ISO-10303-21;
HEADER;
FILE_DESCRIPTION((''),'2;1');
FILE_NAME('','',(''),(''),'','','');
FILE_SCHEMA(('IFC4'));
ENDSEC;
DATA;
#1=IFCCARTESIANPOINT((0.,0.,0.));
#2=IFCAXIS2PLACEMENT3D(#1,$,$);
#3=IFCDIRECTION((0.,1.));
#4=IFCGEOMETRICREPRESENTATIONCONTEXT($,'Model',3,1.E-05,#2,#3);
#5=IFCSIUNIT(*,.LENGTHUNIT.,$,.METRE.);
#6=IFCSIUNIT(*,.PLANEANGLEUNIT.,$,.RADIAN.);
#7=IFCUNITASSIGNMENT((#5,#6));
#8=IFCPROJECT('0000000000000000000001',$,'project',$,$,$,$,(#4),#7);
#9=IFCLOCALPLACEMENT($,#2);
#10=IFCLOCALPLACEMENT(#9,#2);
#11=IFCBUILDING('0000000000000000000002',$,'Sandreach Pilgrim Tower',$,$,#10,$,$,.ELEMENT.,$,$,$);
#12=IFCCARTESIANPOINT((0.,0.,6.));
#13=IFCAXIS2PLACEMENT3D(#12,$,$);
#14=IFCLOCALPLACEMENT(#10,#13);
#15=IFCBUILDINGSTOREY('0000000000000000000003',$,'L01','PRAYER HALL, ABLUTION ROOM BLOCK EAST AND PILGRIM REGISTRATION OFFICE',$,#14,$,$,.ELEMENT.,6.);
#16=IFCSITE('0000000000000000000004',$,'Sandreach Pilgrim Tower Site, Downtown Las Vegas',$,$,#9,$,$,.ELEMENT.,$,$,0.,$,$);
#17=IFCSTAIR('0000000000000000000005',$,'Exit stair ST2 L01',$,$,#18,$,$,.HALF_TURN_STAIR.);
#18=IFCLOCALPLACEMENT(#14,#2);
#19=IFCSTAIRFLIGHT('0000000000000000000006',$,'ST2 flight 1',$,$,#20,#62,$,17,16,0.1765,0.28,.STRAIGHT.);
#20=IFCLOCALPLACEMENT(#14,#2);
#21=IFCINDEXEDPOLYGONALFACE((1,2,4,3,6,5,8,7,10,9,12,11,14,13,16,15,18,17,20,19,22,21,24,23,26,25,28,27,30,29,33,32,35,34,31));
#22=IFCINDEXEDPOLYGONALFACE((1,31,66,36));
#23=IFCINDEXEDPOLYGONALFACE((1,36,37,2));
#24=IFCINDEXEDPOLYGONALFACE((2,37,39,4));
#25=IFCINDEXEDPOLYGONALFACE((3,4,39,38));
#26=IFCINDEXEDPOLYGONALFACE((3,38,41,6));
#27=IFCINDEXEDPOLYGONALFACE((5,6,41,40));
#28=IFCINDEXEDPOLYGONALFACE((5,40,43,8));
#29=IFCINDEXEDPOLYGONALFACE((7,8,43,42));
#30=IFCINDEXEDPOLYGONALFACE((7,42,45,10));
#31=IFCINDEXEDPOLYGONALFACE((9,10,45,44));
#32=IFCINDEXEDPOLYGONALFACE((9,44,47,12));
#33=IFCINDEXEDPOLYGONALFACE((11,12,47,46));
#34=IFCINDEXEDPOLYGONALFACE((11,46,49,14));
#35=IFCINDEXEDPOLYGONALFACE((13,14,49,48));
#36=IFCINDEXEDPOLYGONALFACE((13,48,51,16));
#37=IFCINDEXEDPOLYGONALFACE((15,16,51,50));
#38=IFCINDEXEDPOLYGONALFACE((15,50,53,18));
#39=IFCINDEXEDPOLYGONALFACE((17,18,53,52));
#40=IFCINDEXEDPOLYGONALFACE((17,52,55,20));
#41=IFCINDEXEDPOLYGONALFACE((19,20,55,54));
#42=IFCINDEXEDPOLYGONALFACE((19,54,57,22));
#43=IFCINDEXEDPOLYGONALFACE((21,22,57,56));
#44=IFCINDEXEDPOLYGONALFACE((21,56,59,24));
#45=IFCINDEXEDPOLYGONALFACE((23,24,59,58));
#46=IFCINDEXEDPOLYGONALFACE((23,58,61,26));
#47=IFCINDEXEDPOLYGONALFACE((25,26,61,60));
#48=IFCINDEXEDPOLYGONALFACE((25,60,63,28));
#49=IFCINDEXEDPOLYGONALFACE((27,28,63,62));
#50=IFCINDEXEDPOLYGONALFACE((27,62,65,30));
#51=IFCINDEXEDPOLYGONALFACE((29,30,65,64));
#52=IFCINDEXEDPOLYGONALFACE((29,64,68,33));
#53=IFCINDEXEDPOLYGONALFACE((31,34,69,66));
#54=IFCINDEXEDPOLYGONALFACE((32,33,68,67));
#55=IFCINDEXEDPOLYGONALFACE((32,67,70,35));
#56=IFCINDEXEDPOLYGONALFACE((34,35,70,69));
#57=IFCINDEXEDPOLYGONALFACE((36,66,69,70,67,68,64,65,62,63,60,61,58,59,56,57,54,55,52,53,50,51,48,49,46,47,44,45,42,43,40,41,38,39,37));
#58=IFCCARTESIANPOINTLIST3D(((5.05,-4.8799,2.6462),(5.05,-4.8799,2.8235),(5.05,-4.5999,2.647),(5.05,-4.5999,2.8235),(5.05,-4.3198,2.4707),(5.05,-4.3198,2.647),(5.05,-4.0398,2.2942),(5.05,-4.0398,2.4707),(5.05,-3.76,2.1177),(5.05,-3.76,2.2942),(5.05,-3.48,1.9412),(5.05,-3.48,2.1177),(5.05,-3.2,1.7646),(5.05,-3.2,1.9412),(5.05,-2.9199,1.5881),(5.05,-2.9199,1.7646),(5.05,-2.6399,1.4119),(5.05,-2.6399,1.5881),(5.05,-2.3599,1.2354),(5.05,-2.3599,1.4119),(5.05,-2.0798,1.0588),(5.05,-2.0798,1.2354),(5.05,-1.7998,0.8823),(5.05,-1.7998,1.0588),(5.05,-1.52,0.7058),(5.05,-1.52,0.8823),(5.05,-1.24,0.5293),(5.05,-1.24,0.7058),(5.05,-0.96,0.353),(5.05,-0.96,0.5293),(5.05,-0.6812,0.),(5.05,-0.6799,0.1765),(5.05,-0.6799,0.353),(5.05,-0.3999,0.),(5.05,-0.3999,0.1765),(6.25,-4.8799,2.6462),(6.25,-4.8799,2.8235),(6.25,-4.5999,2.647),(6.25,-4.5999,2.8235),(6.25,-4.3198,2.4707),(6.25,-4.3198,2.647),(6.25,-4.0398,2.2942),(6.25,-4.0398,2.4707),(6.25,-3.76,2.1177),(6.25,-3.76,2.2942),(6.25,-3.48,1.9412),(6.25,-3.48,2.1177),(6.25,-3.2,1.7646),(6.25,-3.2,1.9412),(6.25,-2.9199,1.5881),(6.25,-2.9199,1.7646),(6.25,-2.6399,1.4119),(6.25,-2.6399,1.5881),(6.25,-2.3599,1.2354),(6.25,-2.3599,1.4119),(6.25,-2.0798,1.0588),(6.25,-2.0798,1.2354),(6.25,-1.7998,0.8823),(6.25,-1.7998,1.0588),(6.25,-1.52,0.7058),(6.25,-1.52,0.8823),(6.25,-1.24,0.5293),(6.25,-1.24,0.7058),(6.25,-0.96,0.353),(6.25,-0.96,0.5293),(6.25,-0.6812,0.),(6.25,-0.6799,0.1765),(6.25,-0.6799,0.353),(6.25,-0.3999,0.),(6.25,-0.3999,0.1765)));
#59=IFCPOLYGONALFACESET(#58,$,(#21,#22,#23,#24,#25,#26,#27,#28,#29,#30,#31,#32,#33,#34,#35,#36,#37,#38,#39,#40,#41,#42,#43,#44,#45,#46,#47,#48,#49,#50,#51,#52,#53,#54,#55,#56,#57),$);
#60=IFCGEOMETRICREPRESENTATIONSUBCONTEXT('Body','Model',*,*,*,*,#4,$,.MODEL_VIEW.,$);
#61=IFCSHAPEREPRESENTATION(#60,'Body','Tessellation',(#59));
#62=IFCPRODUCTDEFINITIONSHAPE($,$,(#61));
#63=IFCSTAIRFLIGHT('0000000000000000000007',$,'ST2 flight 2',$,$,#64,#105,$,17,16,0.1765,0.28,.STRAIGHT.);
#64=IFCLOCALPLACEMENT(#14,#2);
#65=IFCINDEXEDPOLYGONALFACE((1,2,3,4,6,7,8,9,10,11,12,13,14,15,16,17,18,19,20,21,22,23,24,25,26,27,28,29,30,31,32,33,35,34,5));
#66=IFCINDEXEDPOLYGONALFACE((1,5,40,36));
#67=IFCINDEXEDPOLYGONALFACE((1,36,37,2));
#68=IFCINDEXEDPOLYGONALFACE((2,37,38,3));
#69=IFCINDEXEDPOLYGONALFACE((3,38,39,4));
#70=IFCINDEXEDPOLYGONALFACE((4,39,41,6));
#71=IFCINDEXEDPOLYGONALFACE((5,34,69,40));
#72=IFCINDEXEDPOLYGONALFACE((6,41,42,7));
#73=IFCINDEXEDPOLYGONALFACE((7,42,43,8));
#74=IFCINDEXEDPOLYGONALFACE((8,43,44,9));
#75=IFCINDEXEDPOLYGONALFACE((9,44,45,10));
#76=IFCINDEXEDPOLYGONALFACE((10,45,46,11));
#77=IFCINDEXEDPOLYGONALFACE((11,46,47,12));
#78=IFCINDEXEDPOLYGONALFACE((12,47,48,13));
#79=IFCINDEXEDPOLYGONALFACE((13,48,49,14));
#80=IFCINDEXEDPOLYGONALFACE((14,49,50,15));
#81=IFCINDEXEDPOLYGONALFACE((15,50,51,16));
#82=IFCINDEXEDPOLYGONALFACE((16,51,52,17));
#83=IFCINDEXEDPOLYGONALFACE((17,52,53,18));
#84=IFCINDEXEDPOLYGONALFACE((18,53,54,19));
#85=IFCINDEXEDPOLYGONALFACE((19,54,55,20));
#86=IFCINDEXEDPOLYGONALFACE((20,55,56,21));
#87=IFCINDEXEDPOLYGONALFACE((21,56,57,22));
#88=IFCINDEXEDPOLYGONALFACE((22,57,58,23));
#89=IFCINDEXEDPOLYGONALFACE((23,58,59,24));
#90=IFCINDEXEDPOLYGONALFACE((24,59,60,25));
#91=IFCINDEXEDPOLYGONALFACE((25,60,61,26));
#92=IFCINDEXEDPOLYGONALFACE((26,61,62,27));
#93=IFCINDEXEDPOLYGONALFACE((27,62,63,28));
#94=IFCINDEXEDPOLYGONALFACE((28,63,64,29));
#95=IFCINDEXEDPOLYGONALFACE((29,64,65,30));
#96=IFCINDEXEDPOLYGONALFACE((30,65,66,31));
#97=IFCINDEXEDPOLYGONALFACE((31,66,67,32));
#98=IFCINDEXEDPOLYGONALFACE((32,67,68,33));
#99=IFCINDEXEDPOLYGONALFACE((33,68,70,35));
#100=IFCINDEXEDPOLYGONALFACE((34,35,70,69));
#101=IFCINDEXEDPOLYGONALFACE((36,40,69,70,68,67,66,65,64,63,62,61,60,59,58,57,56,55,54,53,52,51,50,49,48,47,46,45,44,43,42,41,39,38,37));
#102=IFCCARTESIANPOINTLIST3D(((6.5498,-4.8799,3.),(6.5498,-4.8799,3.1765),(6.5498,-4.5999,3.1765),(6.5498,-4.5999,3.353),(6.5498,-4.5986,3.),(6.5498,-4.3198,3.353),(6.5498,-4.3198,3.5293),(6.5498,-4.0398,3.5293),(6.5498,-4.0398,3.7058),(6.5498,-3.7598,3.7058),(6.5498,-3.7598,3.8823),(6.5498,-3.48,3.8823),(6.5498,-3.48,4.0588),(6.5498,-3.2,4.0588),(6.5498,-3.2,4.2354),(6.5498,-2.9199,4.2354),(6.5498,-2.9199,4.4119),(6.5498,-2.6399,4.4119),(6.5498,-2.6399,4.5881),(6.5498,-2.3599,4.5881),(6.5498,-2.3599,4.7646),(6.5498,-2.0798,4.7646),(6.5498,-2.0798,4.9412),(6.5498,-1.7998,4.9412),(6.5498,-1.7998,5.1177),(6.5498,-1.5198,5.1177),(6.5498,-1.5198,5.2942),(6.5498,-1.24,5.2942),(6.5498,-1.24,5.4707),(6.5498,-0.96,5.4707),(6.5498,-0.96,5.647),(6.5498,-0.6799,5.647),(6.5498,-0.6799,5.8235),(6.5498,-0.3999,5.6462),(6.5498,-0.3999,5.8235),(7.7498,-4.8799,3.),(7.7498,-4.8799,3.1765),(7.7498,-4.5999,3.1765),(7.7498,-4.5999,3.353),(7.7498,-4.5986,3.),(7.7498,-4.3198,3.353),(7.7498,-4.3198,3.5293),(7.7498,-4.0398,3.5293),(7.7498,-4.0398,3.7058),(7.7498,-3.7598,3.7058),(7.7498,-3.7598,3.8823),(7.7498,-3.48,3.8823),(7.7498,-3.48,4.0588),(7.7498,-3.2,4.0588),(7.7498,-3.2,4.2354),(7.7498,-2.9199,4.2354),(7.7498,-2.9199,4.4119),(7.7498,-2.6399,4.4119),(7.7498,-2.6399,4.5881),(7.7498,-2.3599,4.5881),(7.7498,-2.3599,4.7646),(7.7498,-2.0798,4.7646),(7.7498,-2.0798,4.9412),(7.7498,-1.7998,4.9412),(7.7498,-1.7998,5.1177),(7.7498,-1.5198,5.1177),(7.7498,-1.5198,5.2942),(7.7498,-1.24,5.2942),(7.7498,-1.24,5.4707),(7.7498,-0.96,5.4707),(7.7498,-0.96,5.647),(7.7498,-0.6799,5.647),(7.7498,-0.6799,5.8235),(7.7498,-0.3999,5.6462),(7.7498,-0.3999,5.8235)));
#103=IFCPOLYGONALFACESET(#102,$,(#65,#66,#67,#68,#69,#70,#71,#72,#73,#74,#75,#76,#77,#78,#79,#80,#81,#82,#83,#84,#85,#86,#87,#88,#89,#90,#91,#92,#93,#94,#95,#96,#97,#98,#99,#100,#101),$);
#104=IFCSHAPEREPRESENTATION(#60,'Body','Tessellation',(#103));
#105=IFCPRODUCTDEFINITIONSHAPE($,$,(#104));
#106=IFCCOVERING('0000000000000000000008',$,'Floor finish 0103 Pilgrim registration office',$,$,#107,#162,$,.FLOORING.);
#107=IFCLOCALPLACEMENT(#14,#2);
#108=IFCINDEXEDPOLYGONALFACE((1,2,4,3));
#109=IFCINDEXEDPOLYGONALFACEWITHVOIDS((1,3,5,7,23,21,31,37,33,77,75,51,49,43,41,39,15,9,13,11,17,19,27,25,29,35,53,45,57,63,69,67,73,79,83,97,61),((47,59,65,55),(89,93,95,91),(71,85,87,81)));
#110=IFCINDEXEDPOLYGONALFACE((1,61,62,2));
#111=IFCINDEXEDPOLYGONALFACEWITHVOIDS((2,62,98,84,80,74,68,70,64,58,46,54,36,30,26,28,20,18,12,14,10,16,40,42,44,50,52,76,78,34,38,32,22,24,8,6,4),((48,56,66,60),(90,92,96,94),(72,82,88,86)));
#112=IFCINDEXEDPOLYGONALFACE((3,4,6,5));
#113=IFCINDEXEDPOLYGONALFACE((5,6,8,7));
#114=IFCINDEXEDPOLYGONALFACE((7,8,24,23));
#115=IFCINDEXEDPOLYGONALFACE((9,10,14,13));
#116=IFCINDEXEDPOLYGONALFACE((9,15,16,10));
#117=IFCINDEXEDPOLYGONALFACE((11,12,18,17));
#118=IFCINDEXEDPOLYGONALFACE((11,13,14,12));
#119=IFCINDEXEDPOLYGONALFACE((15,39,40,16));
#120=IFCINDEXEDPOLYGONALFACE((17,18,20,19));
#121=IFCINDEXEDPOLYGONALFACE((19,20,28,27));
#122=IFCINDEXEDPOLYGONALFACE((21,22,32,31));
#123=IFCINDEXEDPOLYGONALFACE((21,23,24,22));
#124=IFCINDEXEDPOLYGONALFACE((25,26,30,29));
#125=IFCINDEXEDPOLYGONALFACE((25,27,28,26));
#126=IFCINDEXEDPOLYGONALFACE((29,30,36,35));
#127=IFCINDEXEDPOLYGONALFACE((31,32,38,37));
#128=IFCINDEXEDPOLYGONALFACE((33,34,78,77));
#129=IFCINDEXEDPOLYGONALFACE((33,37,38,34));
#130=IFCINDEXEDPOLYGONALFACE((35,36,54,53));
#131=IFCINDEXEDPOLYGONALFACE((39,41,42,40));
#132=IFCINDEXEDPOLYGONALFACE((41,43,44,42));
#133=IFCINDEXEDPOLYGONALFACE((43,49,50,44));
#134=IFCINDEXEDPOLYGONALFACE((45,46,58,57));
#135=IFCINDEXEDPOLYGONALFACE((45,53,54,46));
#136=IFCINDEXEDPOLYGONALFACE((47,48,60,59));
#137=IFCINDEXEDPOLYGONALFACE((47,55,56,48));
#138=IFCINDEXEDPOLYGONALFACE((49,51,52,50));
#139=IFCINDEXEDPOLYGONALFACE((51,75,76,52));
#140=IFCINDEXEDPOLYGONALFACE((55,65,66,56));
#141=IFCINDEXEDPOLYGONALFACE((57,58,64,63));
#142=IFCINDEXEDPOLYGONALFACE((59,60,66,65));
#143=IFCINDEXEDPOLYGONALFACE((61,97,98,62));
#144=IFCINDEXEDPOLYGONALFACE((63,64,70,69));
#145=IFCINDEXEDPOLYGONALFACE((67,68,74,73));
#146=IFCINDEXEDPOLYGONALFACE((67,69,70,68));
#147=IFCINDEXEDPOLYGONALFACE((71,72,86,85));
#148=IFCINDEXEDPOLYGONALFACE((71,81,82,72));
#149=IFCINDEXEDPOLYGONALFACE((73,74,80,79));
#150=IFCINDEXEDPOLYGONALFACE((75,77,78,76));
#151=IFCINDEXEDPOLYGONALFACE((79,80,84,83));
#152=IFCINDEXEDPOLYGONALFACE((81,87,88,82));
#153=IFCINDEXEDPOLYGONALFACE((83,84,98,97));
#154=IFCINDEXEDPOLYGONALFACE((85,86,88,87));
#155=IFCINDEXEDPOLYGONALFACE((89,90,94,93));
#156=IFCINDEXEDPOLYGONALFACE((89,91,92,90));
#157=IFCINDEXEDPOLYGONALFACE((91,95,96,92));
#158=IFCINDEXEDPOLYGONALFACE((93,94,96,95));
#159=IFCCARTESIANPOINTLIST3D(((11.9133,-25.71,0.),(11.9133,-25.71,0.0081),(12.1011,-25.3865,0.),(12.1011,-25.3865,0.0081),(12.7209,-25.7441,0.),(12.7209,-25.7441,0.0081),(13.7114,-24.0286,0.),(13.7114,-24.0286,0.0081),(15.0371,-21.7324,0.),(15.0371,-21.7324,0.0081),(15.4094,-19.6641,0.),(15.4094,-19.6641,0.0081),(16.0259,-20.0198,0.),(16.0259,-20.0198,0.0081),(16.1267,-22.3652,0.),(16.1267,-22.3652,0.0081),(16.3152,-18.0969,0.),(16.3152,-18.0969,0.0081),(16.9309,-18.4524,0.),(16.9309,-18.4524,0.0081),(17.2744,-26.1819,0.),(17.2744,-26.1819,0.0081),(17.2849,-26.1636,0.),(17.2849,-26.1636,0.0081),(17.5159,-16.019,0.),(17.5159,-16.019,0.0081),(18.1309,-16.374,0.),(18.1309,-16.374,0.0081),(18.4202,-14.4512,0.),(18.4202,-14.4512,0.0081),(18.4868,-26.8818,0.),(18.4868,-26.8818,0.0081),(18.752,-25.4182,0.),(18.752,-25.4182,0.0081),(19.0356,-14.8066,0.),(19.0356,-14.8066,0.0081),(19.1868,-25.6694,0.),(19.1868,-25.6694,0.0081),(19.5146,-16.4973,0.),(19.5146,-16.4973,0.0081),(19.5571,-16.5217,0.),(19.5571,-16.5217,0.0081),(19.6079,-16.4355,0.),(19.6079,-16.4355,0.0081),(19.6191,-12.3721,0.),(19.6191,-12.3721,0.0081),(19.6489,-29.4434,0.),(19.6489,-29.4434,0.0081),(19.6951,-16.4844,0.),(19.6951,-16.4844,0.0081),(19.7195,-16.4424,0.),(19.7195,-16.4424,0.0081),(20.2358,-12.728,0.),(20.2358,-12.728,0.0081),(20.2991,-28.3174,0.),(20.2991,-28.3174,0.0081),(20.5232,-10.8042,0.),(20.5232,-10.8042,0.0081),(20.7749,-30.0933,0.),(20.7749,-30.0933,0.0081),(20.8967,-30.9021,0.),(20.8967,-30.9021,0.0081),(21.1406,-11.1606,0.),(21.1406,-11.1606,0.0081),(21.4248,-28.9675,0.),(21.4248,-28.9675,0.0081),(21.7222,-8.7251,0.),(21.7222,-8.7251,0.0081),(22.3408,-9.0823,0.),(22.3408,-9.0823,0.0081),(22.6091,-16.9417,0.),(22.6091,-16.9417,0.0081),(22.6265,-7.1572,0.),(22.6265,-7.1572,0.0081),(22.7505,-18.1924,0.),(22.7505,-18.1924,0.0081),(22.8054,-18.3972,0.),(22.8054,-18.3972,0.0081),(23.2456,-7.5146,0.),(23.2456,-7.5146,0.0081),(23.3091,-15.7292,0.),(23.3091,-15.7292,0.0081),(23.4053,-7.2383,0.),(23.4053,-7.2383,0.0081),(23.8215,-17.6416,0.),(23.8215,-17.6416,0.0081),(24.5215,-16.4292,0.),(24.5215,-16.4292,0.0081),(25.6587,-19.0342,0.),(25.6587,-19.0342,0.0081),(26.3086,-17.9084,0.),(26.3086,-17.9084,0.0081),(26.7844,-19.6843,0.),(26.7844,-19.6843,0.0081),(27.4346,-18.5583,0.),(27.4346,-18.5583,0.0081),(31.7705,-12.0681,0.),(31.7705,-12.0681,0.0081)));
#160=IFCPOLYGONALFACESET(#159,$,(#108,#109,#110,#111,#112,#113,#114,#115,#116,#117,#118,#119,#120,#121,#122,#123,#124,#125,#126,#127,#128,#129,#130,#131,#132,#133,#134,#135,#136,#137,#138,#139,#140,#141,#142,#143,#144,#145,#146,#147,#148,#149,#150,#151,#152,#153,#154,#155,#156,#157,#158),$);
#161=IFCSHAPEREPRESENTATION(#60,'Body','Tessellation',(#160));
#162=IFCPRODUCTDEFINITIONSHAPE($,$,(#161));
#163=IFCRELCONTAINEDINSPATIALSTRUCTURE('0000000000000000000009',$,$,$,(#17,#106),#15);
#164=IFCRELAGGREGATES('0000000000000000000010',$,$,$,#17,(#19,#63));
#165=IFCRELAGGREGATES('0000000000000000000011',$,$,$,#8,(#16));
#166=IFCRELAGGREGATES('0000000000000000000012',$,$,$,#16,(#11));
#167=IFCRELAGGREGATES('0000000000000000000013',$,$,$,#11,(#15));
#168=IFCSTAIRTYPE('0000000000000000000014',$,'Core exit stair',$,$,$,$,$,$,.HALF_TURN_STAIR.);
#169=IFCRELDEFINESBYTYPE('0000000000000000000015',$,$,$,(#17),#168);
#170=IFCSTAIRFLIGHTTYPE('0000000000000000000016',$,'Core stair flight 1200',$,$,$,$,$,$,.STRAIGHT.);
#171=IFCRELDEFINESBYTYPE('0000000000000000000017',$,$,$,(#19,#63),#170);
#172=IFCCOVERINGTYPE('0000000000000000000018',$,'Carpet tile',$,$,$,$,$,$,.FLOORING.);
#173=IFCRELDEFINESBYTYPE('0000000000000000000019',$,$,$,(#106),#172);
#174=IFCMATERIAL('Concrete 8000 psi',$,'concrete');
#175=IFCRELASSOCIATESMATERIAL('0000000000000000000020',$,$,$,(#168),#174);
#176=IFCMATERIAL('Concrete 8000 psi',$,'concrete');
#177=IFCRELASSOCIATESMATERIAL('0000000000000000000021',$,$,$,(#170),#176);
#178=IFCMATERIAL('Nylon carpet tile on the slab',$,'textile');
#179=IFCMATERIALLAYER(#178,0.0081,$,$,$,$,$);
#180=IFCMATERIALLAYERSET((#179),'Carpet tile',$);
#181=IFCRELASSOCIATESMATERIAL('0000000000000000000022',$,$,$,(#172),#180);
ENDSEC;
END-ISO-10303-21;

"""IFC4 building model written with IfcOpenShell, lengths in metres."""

from ifc_helpers import new_model, si_unit, direction, frame, origin, place, context, subcontext, project, spatial, polyline, outline, extrude, material, layer, layer_set, type_object, element, aggregate, save


model = new_model("IFC4")

# Units and contexts
model_context = context("Model", 3, precision=1e-05, world=origin(), true_north=direction((0.0, 1.0)))
body_context = subcontext(model_context, "Body", "Model", "MODEL_VIEW")
ifc_project = project(units=[si_unit("LENGTHUNIT", "METRE"), si_unit("PLANEANGLEUNIT", "RADIAN")], contexts=[model_context])

# Site, building, storey
site_placement = place(None, origin())
site = spatial("IfcSite", under=ifc_project, at=site_placement, Name="Sandreach Pilgrim Tower Site, Downtown Las Vegas", CompositionType="ELEMENT", RefElevation=0.0)
building_placement = place(site_placement, origin())
building = spatial("IfcBuilding", under=site, at=building_placement, Name="Sandreach Pilgrim Tower", CompositionType="ELEMENT")
storey_placement = place(building_placement, frame((0.0, 0.0, 6.0)))
storey = spatial("IfcBuildingStorey", under=building, at=storey_placement, Name="L01", Description="PRAYER HALL, ABLUTION ROOM BLOCK EAST AND PILGRIM REGISTRATION OFFICE", CompositionType="ELEMENT", Elevation=6.0)

# Shared definitions
ifc_material_1 = material(Name="Concrete 8000 psi", Category="concrete")
stair_type = type_object("IfcStairType", Name="Core exit stair", PredefinedType="HALF_TURN_STAIR", material=ifc_material_1)
ifc_material_2 = material(Name="Concrete 8000 psi", Category="concrete")
stair_flight_type = type_object("IfcStairFlightType", Name="Core stair flight 1200", PredefinedType="STRAIGHT", material=ifc_material_2)

# Stair, stair flights
stair_1_placement = place(storey_placement, origin())
stair_1 = element("IfcStair", 1, at=stair_1_placement, inside=storey, type_object=stair_type, Name="Exit stair ST2 L01", PredefinedType="HALF_TURN_STAIR")
stair_flight_1_placement = place(storey_placement, frame((5.6499, -0.3999, 0.0), z_axis=(0.0, 0.0, 1.0), x_axis=(0.0, -1.0, 0.0)))
stair_flight_1 = element("IfcStairFlight", 2, at=stair_flight_1_placement, type_object=stair_flight_type, Name="ST2 flight 1", NumberOfRisers=17, NumberOfTreads=16, PredefinedType="STRAIGHT", RiserHeight=0.1765, TreadLength=0.28, context=body_context, shape_type="SweptSolid", body=[
    extrude(outline(polyline([(0.0, 0.0), (0.0, 0.1765), (0.28, 0.1765), (0.28, 0.353), (0.5601, 0.353), (0.5601, 0.5293), (0.8401, 0.5293), (0.8401, 0.7058), (1.1201, 0.7058), (1.1201, 0.8823), (1.3999, 0.8823), (1.3999, 1.0588), (1.6799, 1.0588), (1.6799, 1.2354), (1.96, 1.2354), (1.96, 1.4119), (2.24, 1.4119), (2.24, 1.5881), (2.52, 1.5881), (2.52, 1.7646), (2.8, 1.7646), (2.8, 1.9412), (3.0801, 1.9412), (3.0801, 2.1177), (3.3601, 2.1177), (3.3601, 2.2942), (3.6399, 2.2942), (3.6399, 2.4707), (3.9199, 2.4707), (3.9199, 2.647), (4.2, 2.647), (4.2, 2.8235), (4.48, 2.8235), (4.48, 3.0), (4.48, 2.6462), (0.2812, 0.0), (0.0, 0.0)])), frame((0.0, 0.6001, 0.0), z_axis=(0.0, -1.0, 0.0), x_axis=(1.0, 0.0, 0.0)), (0.0, 0.0, 1.0), 1.2),
])
stair_flight_2_placement = place(storey_placement, frame((7.1499, -4.8799, 3.0), z_axis=(0.0, 0.0, 1.0), x_axis=(0.0, 1.0, 0.0)))
stair_flight_2 = element("IfcStairFlight", 3, at=stair_flight_2_placement, type_object=stair_flight_type, Name="ST2 flight 2", NumberOfRisers=17, NumberOfTreads=16, PredefinedType="STRAIGHT", RiserHeight=0.1765, TreadLength=0.28, context=body_context, shape_type="SweptSolid", body=[
    extrude(outline(polyline([(0.0, 0.0), (0.0, 0.1765), (0.28, 0.1765), (0.28, 0.353), (0.5601, 0.353), (0.5601, 0.5293), (0.8401, 0.5293), (0.8401, 0.7058), (1.1201, 0.7058), (1.1201, 0.8823), (1.3999, 0.8823), (1.3999, 1.0588), (1.6799, 1.0588), (1.6799, 1.2354), (1.96, 1.2354), (1.96, 1.4119), (2.24, 1.4119), (2.24, 1.5881), (2.52, 1.5881), (2.52, 1.7646), (2.8, 1.7646), (2.8, 1.9412), (3.0801, 1.9412), (3.0801, 2.1177), (3.3601, 2.1177), (3.3601, 2.2942), (3.6399, 2.2942), (3.6399, 2.4707), (3.9199, 2.4707), (3.9199, 2.647), (4.2, 2.647), (4.2, 2.8235), (4.48, 2.8235), (4.48, 3.0), (4.48, 2.6462), (0.2812, 0.0), (0.0, 0.0)])), frame((0.0, 0.6001, 0.0), z_axis=(0.0, -1.0, 0.0), x_axis=(1.0, 0.0, 0.0)), (0.0, 0.0, 1.0), 1.2),
])
aggregate(stair_1, [stair_flight_1, stair_flight_2])

# Covering
ifc_material_3 = material(Name="Nylon carpet tile on the slab", Category="textile")
ifc_layer_1 = layer(ifc_material_3, 0.0081)
ifc_layer_set_1 = layer_set([ifc_layer_1], Name="Carpet tile")
covering_type_1 = type_object("IfcCoveringType", Name="Carpet tile", PredefinedType="FLOORING", material=ifc_layer_set_1)
covering_1_placement = place(storey_placement, origin())
element("IfcCovering", 4, at=covering_1_placement, inside=storey, type_object=covering_type_1, Name="Floor finish 0103 Pilgrim registration office", PredefinedType="FLOORING", context=body_context, shape_type="SweptSolid", body=[
    extrude(outline(polyline([(13.7114, -24.0286), (17.2849, -26.1636), (17.2744, -26.1819), (18.4868, -26.8818), (19.1868, -25.6694), (18.752, -25.4182), (22.8054, -18.3972), (22.7505, -18.1924), (19.7195, -16.4424), (19.6951, -16.4844), (19.6079, -16.4355), (19.5571, -16.5217), (19.5146, -16.4973), (16.1267, -22.3652), (15.0371, -21.7324), (16.0259, -20.0198), (15.4094, -19.6641), (16.3152, -18.0969), (16.9309, -18.4524), (18.1309, -16.374), (17.5159, -16.019), (18.4202, -14.4512), (19.0356, -14.8066), (20.2358, -12.728), (19.6191, -12.3721), (20.5232, -10.8042), (21.1406, -11.1606), (22.3408, -9.0823), (21.7222, -8.7251), (22.6265, -7.1572), (23.2456, -7.5146), (23.4053, -7.2383), (31.7705, -12.0681), (20.8967, -30.9021), (11.9133, -25.71), (12.1011, -25.3865), (12.7209, -25.7441), (13.7114, -24.0286)]), holes=[polyline([(26.7844, -19.6843), (27.4346, -18.5583), (26.3086, -17.9084), (25.6587, -19.0342), (26.7844, -19.6843)]), polyline([(24.5215, -16.4292), (23.3091, -15.7292), (22.6091, -16.9417), (23.8215, -17.6416), (24.5215, -16.4292)]), polyline([(20.7749, -30.0933), (21.4248, -28.9675), (20.2991, -28.3174), (19.6489, -29.4434), (20.7749, -30.0933)])]), origin(), (0.0, 0.0, 1.0), 0.0081),
])

save(model, "model.ifc")
